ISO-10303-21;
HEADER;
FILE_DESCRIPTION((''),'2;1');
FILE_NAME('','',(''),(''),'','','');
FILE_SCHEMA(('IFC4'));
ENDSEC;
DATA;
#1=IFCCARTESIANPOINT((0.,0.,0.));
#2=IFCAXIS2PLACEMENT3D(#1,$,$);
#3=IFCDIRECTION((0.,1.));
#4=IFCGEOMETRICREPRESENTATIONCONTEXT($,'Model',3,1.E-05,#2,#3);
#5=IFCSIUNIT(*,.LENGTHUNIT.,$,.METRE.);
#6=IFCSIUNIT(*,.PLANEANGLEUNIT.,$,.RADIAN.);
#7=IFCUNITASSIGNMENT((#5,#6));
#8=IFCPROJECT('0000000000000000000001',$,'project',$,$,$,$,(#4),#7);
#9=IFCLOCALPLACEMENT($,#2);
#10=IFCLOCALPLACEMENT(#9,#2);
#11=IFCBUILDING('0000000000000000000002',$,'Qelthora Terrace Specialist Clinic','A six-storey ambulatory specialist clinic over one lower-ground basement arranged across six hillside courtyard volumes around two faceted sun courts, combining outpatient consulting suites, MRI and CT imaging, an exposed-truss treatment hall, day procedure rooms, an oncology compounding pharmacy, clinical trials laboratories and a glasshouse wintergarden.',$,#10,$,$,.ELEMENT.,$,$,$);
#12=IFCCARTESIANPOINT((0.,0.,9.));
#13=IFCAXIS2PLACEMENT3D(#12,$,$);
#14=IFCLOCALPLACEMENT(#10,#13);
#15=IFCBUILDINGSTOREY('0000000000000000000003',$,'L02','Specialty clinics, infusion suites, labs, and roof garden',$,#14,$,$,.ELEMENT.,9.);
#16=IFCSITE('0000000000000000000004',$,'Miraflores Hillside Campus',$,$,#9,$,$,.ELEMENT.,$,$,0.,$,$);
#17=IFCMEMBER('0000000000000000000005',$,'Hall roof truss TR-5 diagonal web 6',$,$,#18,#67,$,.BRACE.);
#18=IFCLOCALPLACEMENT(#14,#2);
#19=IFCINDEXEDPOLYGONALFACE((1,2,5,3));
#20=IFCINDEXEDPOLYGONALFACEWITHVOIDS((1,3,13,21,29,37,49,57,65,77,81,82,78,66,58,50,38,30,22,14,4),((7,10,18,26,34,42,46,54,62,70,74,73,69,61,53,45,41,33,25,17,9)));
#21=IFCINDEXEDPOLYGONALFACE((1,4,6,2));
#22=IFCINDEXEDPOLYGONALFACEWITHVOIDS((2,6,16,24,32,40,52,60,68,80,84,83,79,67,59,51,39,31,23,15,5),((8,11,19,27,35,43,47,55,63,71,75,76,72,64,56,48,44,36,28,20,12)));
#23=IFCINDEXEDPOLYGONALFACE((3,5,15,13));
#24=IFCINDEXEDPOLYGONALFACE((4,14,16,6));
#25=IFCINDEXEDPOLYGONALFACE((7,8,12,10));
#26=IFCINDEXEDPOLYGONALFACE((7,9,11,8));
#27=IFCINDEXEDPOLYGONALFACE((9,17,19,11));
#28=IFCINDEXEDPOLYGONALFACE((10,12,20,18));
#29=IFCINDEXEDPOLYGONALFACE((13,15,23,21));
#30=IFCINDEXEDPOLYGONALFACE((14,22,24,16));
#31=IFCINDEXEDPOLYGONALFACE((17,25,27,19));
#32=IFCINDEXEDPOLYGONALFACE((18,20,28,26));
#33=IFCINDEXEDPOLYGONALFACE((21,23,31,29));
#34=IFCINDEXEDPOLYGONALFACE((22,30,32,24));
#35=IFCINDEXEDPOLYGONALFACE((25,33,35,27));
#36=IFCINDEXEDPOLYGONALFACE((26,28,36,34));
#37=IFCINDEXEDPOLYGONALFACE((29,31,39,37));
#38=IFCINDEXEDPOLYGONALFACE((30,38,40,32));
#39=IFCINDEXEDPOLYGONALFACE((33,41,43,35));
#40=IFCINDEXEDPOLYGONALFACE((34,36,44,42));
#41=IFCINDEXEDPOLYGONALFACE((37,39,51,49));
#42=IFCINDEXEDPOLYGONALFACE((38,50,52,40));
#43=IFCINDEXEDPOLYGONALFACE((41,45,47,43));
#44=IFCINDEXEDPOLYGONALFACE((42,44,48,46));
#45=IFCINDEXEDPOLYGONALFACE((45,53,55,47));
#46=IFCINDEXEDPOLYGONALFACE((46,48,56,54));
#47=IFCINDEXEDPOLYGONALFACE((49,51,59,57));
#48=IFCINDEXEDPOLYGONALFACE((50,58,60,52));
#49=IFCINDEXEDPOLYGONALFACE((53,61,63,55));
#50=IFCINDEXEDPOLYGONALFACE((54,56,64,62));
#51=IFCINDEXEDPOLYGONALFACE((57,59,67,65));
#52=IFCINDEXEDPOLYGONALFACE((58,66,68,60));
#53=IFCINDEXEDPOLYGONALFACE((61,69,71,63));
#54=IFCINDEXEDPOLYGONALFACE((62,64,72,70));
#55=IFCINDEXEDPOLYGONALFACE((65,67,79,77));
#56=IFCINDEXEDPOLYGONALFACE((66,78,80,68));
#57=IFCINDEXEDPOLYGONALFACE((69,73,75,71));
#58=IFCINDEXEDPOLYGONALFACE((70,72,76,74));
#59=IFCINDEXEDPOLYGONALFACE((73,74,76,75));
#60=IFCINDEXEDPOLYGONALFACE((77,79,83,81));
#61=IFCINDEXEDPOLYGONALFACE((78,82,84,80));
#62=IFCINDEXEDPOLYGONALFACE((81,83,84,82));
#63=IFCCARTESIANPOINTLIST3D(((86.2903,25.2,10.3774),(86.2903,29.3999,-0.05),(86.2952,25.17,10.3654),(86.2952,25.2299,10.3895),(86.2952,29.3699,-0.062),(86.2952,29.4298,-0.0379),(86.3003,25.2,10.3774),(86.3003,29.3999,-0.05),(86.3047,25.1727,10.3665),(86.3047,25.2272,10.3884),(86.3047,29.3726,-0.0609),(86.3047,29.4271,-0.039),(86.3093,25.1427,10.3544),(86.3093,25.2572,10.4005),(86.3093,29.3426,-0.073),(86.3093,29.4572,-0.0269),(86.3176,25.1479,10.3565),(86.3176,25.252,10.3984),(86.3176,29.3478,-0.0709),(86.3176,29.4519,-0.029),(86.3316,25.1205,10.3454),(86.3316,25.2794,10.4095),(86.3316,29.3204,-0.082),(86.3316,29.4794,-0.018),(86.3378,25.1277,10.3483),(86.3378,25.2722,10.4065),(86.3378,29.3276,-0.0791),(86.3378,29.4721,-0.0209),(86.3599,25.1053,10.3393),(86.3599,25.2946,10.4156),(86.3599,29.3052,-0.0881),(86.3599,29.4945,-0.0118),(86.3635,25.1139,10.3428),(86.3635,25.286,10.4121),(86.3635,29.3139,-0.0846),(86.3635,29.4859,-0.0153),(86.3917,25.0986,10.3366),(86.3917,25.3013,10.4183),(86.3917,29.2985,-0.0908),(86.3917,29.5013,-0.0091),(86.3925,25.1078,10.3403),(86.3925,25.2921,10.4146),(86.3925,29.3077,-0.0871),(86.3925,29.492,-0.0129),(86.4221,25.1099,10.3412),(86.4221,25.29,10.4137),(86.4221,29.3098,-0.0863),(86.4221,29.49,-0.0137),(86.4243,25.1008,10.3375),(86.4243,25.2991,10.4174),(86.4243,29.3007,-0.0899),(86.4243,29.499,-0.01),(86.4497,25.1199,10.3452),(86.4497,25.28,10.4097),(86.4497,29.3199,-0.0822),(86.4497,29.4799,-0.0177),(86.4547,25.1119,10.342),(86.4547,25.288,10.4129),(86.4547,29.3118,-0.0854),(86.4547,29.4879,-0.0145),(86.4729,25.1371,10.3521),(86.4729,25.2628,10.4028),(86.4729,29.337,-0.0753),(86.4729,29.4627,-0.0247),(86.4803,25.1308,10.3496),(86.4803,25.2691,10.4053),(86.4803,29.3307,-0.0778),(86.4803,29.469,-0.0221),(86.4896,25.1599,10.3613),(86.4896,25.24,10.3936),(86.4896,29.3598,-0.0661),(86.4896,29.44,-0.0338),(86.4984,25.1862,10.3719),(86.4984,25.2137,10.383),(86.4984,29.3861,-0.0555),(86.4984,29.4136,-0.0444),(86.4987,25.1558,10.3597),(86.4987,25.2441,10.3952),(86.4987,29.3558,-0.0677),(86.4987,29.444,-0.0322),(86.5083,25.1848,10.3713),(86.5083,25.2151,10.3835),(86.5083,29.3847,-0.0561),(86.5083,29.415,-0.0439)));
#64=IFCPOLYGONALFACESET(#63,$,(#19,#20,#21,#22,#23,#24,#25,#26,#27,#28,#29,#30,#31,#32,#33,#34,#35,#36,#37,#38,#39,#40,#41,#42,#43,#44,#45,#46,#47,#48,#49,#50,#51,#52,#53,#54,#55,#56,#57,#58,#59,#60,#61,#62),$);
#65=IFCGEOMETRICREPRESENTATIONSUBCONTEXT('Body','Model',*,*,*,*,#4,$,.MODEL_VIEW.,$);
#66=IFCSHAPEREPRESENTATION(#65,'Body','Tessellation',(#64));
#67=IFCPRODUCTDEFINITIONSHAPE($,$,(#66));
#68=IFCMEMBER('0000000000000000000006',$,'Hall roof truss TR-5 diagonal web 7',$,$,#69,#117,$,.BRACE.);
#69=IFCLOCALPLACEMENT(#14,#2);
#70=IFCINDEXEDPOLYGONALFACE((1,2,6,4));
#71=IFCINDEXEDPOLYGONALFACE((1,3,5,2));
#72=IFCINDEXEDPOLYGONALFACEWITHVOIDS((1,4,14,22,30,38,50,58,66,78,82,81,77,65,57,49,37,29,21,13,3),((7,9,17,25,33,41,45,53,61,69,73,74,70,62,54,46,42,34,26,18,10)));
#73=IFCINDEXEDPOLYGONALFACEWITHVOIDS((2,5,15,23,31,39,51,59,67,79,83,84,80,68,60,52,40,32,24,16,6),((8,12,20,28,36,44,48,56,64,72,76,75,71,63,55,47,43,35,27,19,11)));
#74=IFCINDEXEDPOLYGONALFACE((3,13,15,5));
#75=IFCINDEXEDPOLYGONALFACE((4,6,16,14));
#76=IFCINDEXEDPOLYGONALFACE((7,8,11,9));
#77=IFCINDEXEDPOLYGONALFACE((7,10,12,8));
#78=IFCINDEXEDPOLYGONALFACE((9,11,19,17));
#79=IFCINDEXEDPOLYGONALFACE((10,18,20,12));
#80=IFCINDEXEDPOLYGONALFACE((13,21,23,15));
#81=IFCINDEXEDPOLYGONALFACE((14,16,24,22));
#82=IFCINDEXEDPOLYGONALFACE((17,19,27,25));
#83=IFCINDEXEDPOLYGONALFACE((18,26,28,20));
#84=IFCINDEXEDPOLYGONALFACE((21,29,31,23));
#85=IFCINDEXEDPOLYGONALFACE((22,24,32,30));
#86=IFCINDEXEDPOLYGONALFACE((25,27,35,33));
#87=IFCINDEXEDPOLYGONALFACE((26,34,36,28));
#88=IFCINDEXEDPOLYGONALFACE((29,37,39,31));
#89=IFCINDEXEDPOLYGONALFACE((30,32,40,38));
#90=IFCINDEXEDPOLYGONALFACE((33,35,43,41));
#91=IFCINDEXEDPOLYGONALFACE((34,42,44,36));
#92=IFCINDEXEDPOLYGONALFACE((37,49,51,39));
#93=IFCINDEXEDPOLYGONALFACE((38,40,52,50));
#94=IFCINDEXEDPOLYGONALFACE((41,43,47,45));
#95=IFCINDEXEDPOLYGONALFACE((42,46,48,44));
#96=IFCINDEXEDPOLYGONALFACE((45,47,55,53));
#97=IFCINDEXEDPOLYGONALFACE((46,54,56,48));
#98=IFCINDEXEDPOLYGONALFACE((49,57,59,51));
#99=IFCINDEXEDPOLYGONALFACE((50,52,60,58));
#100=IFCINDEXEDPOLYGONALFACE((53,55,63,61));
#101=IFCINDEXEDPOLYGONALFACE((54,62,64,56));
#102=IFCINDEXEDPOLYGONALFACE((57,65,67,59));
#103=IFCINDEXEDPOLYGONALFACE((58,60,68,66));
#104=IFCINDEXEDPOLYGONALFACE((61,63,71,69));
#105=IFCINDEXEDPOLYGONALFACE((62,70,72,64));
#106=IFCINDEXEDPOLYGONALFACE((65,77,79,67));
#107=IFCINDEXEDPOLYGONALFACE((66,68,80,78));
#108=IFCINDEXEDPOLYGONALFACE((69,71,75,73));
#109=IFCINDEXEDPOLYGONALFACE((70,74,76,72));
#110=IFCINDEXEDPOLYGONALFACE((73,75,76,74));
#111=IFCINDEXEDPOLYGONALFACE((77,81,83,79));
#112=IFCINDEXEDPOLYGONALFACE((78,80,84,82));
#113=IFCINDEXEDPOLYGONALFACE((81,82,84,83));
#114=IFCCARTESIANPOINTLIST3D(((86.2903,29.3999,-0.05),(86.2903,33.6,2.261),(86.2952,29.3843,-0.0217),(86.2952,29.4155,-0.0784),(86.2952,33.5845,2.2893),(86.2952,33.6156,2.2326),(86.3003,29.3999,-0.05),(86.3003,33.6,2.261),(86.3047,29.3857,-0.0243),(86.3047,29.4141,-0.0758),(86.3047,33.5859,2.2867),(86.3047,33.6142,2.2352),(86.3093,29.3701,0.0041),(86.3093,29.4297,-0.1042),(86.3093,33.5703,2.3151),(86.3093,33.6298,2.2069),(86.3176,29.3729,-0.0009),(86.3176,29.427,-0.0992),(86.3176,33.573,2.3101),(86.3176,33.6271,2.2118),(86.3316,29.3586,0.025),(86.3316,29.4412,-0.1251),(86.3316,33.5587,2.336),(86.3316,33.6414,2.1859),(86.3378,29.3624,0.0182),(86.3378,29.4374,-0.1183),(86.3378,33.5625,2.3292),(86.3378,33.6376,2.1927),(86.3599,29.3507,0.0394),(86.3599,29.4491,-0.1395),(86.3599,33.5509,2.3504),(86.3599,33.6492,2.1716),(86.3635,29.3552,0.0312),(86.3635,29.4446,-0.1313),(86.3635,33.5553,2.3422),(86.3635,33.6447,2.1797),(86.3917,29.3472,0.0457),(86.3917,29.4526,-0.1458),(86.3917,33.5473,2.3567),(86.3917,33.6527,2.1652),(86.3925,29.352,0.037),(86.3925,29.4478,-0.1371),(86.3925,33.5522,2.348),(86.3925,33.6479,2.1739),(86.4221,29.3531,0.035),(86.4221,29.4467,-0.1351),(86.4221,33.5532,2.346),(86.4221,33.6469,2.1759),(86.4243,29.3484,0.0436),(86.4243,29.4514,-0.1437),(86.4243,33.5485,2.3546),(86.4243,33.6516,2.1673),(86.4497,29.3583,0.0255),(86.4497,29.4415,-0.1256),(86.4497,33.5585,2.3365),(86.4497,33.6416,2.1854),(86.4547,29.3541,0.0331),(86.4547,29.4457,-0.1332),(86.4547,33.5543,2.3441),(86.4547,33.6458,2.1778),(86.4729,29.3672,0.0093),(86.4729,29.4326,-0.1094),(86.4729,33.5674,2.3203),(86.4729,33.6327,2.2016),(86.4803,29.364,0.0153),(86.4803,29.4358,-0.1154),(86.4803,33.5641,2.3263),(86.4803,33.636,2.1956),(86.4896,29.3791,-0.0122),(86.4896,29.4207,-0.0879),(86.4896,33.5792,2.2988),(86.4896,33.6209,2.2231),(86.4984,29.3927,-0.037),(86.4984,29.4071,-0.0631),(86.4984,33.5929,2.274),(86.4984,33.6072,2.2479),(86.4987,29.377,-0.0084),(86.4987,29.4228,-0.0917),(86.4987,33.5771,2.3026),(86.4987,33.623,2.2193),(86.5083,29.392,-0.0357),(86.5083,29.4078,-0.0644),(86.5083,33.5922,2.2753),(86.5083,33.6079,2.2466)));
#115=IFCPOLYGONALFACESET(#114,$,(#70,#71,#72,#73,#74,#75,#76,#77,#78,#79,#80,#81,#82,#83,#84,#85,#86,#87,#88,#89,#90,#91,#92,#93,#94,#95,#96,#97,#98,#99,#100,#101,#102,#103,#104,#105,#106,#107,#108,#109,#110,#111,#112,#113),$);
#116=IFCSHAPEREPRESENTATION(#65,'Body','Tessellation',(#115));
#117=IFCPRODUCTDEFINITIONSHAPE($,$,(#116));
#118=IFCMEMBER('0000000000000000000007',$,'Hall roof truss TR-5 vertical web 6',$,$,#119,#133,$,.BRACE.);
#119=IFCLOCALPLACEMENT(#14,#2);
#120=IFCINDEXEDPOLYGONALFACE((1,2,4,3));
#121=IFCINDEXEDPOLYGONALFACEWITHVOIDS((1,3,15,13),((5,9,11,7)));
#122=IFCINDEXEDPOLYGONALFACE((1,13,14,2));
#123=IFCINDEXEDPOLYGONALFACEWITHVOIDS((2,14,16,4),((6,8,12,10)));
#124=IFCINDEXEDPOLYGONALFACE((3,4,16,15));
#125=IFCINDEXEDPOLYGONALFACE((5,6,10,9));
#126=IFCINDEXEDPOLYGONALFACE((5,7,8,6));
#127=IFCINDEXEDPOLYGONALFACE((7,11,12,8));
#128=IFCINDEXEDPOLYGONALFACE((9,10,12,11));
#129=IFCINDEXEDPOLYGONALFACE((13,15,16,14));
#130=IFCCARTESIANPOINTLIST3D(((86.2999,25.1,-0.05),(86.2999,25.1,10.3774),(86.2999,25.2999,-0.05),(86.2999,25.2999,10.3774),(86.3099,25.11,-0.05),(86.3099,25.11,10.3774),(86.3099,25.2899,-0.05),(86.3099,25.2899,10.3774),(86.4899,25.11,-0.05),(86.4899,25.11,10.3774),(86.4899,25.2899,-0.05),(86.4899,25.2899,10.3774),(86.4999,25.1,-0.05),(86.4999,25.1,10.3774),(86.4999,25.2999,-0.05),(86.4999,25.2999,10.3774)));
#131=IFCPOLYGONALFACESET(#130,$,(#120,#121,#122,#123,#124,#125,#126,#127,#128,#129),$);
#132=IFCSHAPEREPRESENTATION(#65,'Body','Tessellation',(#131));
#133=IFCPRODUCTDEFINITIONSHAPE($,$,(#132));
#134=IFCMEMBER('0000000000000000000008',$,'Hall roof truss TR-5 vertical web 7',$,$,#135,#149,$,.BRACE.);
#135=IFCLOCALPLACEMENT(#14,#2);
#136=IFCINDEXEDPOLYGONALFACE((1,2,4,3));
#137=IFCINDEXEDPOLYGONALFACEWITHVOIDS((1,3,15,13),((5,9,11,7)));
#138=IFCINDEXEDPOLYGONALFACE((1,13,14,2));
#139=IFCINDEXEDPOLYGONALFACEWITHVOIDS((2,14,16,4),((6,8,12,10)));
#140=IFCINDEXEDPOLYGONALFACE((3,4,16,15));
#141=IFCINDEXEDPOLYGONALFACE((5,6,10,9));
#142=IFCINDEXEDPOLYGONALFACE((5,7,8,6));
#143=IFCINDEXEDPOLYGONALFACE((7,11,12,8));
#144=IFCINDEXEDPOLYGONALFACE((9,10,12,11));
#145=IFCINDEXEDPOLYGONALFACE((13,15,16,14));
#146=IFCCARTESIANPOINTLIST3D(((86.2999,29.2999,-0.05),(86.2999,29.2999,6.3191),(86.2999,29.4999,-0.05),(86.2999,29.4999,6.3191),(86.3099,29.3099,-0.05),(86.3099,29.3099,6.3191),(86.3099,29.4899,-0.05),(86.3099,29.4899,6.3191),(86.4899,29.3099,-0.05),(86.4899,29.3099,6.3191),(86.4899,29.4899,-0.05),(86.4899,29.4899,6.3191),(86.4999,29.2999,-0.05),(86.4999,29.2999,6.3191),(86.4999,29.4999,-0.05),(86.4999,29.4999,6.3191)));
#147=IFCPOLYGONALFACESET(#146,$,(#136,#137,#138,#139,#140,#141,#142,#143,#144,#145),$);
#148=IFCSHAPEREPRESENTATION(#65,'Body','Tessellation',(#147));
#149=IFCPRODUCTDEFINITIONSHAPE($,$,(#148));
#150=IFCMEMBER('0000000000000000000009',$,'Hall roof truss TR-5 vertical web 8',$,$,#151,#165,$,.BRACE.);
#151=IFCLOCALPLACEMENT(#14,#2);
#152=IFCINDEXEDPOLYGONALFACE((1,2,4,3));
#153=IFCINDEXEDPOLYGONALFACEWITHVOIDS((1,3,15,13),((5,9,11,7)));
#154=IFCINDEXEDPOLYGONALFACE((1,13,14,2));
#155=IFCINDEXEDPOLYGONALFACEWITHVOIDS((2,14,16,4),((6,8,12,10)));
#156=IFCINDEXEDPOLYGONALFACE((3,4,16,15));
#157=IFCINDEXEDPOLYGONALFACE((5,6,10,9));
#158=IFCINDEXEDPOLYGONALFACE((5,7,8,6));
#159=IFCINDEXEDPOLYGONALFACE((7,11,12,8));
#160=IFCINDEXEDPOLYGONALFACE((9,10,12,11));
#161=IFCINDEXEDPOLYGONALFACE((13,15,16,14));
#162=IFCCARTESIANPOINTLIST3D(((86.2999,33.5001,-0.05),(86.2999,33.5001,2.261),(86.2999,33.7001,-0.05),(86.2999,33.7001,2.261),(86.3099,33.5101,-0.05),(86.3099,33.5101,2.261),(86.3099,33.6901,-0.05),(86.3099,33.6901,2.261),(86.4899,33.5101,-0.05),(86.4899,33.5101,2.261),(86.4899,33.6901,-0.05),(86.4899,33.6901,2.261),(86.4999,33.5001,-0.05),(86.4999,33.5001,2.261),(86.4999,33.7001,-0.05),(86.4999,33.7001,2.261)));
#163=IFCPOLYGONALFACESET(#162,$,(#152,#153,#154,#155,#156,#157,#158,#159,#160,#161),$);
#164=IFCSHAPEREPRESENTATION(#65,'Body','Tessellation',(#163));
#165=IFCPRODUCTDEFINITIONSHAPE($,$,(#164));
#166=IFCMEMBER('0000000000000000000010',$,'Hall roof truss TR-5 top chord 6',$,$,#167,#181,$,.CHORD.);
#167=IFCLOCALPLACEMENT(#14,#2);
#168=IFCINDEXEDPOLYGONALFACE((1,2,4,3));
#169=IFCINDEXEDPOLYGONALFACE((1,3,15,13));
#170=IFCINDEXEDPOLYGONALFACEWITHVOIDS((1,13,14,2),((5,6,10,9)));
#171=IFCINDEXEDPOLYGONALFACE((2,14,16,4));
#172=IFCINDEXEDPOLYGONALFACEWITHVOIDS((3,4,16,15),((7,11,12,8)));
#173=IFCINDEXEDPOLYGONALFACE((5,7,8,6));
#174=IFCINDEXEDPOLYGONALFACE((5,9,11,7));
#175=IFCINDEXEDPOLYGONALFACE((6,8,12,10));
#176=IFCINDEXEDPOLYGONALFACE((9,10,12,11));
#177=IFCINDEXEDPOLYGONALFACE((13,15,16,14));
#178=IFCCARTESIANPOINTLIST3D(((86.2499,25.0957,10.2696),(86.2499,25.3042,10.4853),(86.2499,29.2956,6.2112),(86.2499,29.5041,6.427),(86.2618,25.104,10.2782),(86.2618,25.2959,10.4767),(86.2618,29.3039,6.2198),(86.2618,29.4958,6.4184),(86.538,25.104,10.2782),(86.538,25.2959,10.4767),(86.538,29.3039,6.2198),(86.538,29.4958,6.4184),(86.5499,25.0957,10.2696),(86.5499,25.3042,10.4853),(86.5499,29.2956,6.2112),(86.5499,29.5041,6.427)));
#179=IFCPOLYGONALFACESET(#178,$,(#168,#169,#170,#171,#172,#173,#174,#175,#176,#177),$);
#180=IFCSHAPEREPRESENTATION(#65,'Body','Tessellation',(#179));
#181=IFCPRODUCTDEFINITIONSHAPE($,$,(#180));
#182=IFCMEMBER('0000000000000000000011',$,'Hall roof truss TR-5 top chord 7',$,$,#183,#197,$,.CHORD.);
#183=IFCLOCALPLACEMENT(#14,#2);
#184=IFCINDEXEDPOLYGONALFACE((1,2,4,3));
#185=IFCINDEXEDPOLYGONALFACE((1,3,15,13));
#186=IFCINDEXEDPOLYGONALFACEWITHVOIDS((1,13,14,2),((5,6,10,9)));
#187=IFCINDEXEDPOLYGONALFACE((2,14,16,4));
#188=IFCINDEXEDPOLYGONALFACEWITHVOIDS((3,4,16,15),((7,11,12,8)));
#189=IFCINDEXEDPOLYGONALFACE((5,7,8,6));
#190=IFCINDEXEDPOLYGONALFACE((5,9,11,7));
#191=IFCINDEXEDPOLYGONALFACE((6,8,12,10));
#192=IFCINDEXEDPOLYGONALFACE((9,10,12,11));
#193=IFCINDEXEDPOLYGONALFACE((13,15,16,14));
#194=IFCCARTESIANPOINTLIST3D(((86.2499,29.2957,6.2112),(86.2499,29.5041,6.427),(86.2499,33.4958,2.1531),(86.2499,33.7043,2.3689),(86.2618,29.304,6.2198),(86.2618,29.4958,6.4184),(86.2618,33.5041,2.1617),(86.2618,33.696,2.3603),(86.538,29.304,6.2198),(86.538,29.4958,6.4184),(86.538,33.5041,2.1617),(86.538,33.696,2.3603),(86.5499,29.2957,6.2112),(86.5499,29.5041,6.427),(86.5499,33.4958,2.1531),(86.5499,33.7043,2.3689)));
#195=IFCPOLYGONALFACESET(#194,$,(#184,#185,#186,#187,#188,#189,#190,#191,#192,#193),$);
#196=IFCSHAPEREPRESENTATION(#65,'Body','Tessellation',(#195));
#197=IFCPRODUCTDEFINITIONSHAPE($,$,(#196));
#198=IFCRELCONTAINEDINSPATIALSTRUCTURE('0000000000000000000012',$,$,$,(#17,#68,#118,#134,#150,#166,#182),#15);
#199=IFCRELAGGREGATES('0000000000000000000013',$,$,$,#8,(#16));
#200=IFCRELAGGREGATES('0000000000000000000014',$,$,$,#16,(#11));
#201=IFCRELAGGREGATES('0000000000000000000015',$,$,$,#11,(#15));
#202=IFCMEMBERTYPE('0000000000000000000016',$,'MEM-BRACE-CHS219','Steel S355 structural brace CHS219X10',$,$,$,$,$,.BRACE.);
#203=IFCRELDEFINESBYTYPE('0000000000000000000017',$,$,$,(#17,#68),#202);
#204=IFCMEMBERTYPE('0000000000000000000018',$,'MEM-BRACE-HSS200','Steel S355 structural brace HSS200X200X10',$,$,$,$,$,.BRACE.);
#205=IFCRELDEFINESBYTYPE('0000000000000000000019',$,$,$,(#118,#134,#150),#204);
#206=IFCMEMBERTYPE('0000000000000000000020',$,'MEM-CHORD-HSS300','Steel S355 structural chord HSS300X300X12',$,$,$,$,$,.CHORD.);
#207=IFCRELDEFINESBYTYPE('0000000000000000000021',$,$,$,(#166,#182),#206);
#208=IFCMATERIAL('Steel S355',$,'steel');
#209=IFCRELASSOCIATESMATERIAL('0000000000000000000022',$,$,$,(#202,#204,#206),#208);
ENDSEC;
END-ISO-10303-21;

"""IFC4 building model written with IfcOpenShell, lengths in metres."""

from ifc_helpers import new_model, si_unit, direction, frame, origin, origin_2d, place, context, subcontext, project, spatial, hollow_rectangle, hollow_circle, extrude, material, material_profile, profile_set, type_object, element, save


model = new_model("IFC4")

# Units and contexts
model_context = context("Model", 3, precision=1e-05, world=origin(), true_north=direction((0.0, 1.0)))
body_context = subcontext(model_context, "Body", "Model", "MODEL_VIEW")
ifc_project = project(units=[si_unit("LENGTHUNIT", "METRE"), si_unit("PLANEANGLEUNIT", "RADIAN")], contexts=[model_context])

# Site, building, storey
site_placement = place(None, origin())
site = spatial("IfcSite", under=ifc_project, at=site_placement, Name="Miraflores Hillside Campus", CompositionType="ELEMENT", RefElevation=0.0)
building_placement = place(site_placement, origin())
building = spatial("IfcBuilding", under=site, at=building_placement, Name="Qelthora Terrace Specialist Clinic", Description="A six-storey ambulatory specialist clinic over one lower-ground basement arranged across six hillside courtyard volumes around two faceted sun courts, combining outpatient consulting suites, MRI and CT imaging, an exposed-truss treatment hall, day procedure rooms, an oncology compounding pharmacy, clinical trials laboratories and a glasshouse wintergarden.", CompositionType="ELEMENT")
storey_placement = place(building_placement, frame((0.0, 0.0, 9.0)))
storey = spatial("IfcBuildingStorey", under=building, at=storey_placement, Name="L02", Description="Specialty clinics, infusion suites, labs, and roof garden", CompositionType="ELEMENT", Elevation=9.0)

# Shared definitions
ifc_material = material(Name="Steel S355", Category="steel")

# Members
ifc_material_profile_1 = material_profile(ifc_material, hollow_circle(Radius=0.1096, WallThickness=0.01, at=origin_2d()), Name="CHS219X10")
ifc_profile_set_1 = profile_set([ifc_material_profile_1], Name="Steel S355")
member_type_1 = type_object("IfcMemberType", Name="MEM-BRACE-CHS219", Description="Steel S355 structural brace CHS219X10", PredefinedType="BRACE", material=ifc_profile_set_1)
member_1_placement = place(storey_placement, frame((86.3999, 25.2, 10.3774), z_axis=(0.0, 0.37361, -0.927586), x_axis=(-1.0, 0.0, 0.0)))
element("IfcMember", 1, at=member_1_placement, inside=storey, type_object=member_type_1, Name="Hall roof truss TR-5 diagonal web 6", PredefinedType="BRACE", context=body_context, shape_type="SweptSolid", body=[
    extrude(hollow_circle(Radius=0.1096, WallThickness=0.01, at=origin_2d()), origin(), (0.0, 0.0, 1.0), 11.2415),
])
member_2_placement = place(storey_placement, frame((86.3999, 29.3999, -0.05), z_axis=(0.0, 0.876134, 0.482067), x_axis=(-1.0, 0.0, 0.0)))
element("IfcMember", 2, at=member_2_placement, inside=storey, type_object=member_type_1, Name="Hall roof truss TR-5 diagonal web 7", PredefinedType="BRACE", context=body_context, shape_type="SweptSolid", body=[
    extrude(hollow_circle(Radius=0.1096, WallThickness=0.01, at=origin_2d()), origin(), (0.0, 0.0, 1.0), 4.7939),
])
ifc_material_profile_2 = material_profile(ifc_material, hollow_rectangle(XDim=0.2, YDim=0.2, WallThickness=0.01, at=origin_2d()), Name="HSS200X200X10")
ifc_profile_set_2 = profile_set([ifc_material_profile_2], Name="Steel S355")
member_type_2 = type_object("IfcMemberType", Name="MEM-BRACE-HSS200", Description="Steel S355 structural brace HSS200X200X10", PredefinedType="BRACE", material=ifc_profile_set_2)
member_3_placement = place(storey_placement, frame((86.3999, 25.2, -0.05), z_axis=(0.0, 0.0, 1.0), x_axis=(1.0, 0.0, 0.0)))
element("IfcMember", 3, at=member_3_placement, inside=storey, type_object=member_type_2, Name="Hall roof truss TR-5 vertical web 6", PredefinedType="BRACE", context=body_context, shape_type="SweptSolid", body=[
    extrude(hollow_rectangle(XDim=0.2, YDim=0.2, WallThickness=0.01, at=origin_2d()), origin(), (0.0, 0.0, 1.0), 10.4275),
])
member_4_placement = place(storey_placement, frame((86.3999, 29.3999, -0.05), z_axis=(0.0, 0.0, 1.0), x_axis=(1.0, 0.0, 0.0)))
element("IfcMember", 4, at=member_4_placement, inside=storey, type_object=member_type_2, Name="Hall roof truss TR-5 vertical web 7", PredefinedType="BRACE", context=body_context, shape_type="SweptSolid", body=[
    extrude(hollow_rectangle(XDim=0.2, YDim=0.2, WallThickness=0.01, at=origin_2d()), origin(), (0.0, 0.0, 1.0), 6.3691),
])
member_5_placement = place(storey_placement, frame((86.3999, 33.6001, -0.05), z_axis=(0.0, 0.0, 1.0), x_axis=(1.0, 0.0, 0.0)))
element("IfcMember", 5, at=member_5_placement, inside=storey, type_object=member_type_2, Name="Hall roof truss TR-5 vertical web 8", PredefinedType="BRACE", context=body_context, shape_type="SweptSolid", body=[
    extrude(hollow_rectangle(XDim=0.2, YDim=0.2, WallThickness=0.01, at=origin_2d()), origin(), (0.0, 0.0, 1.0), 2.311),
])
ifc_material_profile_3 = material_profile(ifc_material, hollow_rectangle(XDim=0.3, YDim=0.3, WallThickness=0.012, at=origin_2d()), Name="HSS300X300X12")
ifc_profile_set_3 = profile_set([ifc_material_profile_3], Name="Steel S355")
member_type_3 = type_object("IfcMemberType", Name="MEM-CHORD-HSS300", Description="Steel S355 structural chord HSS300X300X12", PredefinedType="CHORD", material=ifc_profile_set_3)
for number, where, z_axis, x_axis, name in (
    (6, (86.3999, 25.2, 10.3774), (0.0, 0.719126, -0.69488), (-1.0, 0.0, 0.0), "Hall roof truss TR-5 top chord 6"),
    (7, (86.3999, 29.3999, 6.3191), (0.0, 0.719167, -0.694838), (-1.0, 0.0, 0.0), "Hall roof truss TR-5 top chord 7"),
):
    element("IfcMember", number, at=place(storey_placement, frame(where, z_axis=z_axis, x_axis=x_axis)), inside=storey, type_object=member_type_3, Name=name, PredefinedType="CHORD", context=body_context, shape_type="SweptSolid", body=[
        extrude(hollow_rectangle(XDim=0.3, YDim=0.3, WallThickness=0.012, at=origin_2d()), origin(), (0.0, 0.0, 1.0), 5.8403),
    ])

save(model, "model.ifc")
